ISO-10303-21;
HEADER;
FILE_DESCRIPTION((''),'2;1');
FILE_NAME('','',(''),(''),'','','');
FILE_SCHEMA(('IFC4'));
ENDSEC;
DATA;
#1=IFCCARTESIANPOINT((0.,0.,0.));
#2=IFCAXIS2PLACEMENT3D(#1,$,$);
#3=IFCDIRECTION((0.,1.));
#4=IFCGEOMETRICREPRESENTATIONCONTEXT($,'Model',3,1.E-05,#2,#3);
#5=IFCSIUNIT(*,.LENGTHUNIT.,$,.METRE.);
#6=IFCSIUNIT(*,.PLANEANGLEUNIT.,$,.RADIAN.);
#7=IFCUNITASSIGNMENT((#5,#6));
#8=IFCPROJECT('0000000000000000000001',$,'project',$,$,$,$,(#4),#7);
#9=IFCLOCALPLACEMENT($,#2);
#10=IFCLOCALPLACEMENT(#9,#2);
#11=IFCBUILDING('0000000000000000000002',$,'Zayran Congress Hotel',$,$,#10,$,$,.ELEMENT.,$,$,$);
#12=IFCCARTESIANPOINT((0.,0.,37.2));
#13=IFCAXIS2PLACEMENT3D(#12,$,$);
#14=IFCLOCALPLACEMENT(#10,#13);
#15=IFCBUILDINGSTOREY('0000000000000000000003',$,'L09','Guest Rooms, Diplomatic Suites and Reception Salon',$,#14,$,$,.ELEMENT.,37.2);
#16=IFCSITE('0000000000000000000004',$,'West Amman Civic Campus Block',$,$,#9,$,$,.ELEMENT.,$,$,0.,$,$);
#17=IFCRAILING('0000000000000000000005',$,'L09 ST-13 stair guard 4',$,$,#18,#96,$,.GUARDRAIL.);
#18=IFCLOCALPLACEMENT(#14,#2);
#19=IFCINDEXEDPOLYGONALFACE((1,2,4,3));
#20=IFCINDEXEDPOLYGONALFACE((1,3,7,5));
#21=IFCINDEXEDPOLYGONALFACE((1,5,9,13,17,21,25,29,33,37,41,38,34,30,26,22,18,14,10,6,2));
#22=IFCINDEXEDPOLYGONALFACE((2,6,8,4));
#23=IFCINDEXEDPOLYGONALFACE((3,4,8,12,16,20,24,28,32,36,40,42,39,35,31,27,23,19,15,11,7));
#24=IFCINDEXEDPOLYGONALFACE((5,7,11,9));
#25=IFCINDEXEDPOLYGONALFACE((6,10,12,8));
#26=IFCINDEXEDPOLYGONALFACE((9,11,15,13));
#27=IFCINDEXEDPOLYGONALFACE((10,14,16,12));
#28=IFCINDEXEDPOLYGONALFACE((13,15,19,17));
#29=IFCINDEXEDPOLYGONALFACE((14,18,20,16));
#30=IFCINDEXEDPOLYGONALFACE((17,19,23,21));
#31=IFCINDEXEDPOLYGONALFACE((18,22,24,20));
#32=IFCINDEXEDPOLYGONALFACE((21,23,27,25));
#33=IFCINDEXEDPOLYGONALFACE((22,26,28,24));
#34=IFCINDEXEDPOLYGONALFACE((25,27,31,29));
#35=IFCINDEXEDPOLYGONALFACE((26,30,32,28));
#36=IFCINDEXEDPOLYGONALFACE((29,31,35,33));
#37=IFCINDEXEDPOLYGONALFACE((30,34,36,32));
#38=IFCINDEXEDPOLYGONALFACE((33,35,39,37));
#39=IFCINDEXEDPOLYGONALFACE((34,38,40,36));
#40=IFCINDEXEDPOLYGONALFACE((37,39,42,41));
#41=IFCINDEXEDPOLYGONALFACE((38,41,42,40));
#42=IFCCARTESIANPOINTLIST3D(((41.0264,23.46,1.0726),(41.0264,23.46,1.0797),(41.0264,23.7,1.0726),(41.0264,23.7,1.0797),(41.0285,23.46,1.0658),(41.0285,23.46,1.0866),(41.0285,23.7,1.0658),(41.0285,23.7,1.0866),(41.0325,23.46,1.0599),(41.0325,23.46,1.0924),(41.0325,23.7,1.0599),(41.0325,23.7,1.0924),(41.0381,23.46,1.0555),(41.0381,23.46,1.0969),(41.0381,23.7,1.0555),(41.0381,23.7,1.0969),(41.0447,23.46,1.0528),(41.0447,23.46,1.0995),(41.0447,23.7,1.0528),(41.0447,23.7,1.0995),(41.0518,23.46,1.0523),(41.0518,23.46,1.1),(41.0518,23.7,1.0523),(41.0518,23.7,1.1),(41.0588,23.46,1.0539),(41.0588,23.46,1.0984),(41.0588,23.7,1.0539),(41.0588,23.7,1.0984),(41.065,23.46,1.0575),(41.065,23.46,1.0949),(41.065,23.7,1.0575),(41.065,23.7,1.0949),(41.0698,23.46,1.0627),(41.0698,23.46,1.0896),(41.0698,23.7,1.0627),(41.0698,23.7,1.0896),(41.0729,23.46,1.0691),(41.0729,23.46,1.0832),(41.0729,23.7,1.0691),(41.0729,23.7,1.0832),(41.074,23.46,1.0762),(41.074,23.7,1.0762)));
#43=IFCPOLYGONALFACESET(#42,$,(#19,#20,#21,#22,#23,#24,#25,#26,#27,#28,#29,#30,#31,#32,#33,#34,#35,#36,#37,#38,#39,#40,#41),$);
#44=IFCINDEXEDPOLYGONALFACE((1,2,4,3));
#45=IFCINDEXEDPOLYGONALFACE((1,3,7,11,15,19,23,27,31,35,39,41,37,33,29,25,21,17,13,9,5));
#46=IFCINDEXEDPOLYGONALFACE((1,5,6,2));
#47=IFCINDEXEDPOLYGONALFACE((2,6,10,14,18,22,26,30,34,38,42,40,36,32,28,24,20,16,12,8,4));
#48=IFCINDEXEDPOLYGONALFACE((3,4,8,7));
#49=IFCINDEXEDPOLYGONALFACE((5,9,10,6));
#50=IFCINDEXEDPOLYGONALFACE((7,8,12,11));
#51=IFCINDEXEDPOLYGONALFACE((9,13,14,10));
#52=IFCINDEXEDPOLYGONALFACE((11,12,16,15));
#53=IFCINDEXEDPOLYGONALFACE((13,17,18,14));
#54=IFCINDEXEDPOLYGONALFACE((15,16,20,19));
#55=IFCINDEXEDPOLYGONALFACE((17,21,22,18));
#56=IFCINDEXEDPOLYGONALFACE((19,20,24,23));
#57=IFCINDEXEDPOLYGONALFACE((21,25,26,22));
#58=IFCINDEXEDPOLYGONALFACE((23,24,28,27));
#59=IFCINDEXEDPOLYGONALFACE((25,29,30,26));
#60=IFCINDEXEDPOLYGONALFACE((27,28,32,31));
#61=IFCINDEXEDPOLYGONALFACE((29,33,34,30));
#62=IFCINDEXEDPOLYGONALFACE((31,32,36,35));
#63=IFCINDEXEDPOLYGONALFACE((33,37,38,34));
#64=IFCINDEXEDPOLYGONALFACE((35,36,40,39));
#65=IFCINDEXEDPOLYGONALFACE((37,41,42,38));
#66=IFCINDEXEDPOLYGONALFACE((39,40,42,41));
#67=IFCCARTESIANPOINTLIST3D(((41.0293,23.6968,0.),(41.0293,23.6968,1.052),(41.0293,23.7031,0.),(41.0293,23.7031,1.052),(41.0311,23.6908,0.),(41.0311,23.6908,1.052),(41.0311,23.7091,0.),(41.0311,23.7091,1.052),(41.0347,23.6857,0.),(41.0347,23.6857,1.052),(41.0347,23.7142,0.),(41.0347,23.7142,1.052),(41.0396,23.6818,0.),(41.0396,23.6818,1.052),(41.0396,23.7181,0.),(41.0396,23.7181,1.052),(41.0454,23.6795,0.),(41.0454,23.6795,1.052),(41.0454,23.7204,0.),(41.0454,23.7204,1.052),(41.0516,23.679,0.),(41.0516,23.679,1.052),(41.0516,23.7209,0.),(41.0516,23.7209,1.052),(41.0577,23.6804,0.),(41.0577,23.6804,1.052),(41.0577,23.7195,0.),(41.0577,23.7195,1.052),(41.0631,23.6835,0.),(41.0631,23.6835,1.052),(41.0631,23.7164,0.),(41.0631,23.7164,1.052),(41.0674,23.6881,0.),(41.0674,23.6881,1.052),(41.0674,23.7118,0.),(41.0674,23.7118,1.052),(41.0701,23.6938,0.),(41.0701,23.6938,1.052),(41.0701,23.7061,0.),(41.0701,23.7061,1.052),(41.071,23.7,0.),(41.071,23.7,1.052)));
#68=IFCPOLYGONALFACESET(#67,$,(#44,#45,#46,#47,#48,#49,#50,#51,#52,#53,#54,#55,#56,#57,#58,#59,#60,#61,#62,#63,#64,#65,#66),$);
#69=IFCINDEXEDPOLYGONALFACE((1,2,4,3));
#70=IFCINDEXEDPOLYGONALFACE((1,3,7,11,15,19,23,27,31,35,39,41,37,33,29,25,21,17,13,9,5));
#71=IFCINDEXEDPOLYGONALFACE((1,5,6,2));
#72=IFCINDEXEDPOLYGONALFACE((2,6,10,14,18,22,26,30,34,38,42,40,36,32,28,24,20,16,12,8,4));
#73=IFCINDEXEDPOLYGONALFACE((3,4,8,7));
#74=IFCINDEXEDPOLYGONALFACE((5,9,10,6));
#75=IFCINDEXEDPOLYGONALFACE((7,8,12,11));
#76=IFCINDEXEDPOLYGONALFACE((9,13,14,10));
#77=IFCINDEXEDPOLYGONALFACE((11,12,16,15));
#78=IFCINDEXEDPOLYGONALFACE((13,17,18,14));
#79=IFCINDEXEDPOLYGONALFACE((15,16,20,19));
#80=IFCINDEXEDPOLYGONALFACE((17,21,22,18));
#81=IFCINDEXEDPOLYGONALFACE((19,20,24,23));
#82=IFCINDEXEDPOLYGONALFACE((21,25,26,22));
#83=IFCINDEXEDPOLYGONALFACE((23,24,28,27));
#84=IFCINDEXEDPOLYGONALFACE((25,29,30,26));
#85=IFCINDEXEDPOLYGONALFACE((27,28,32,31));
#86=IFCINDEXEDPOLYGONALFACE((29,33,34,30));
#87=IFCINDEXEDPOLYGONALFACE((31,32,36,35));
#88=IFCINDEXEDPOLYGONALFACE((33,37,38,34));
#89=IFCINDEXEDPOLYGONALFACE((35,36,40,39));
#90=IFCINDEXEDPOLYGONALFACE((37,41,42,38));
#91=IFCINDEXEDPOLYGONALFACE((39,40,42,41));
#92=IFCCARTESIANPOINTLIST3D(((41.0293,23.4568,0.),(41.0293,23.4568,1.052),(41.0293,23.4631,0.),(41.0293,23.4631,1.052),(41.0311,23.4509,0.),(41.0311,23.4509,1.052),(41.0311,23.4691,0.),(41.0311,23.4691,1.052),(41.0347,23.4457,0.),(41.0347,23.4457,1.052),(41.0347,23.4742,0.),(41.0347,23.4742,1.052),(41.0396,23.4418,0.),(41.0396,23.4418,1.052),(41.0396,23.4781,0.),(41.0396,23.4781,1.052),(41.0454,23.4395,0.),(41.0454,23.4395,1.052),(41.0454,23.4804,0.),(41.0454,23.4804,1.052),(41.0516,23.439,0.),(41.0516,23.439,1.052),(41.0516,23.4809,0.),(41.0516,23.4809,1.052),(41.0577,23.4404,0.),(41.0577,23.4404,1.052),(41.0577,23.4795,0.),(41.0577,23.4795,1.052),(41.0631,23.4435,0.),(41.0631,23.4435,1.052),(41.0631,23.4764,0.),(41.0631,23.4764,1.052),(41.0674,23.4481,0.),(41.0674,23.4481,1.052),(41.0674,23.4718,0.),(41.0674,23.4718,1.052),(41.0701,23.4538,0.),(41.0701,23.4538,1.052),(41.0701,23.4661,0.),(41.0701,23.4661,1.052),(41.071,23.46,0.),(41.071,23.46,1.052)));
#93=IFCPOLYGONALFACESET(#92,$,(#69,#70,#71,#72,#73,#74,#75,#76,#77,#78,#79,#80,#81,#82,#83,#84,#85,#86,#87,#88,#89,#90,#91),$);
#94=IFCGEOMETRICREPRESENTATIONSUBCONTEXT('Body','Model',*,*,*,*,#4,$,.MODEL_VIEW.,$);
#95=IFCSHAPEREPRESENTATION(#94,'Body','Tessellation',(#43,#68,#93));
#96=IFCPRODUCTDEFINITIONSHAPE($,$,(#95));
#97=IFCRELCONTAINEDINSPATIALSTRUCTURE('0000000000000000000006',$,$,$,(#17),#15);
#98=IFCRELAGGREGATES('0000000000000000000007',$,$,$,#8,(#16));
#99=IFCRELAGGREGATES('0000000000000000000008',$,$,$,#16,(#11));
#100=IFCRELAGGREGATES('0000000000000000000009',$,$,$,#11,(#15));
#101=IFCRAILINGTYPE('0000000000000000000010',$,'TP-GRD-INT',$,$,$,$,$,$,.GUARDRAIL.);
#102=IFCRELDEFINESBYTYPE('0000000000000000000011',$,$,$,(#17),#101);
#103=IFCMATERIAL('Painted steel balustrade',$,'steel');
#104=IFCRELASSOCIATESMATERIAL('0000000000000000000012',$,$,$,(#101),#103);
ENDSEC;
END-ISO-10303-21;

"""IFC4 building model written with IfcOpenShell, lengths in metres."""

from ifc_helpers import new_model, si_unit, direction, frame, origin, origin_2d, place, context, subcontext, project, spatial, circle, extrude, material, type_object, element, save


model = new_model("IFC4")

# Units and contexts
model_context = context("Model", 3, precision=1e-05, world=origin(), true_north=direction((0.0, 1.0)))
body_context = subcontext(model_context, "Body", "Model", "MODEL_VIEW")
ifc_project = project(units=[si_unit("LENGTHUNIT", "METRE"), si_unit("PLANEANGLEUNIT", "RADIAN")], contexts=[model_context])

# Site, building, storey
site_placement = place(None, origin())
site = spatial("IfcSite", under=ifc_project, at=site_placement, Name="West Amman Civic Campus Block", CompositionType="ELEMENT", RefElevation=0.0)
building_placement = place(site_placement, origin())
building = spatial("IfcBuilding", under=site, at=building_placement, Name="Zayran Congress Hotel", CompositionType="ELEMENT")
storey_placement = place(building_placement, frame((0.0, 0.0, 37.2)))
storey = spatial("IfcBuildingStorey", under=building, at=storey_placement, Name="L09", Description="Guest Rooms, Diplomatic Suites and Reception Salon", CompositionType="ELEMENT", Elevation=37.2)

# Railing
ifc_material_1 = material(Name="Painted steel balustrade", Category="steel")
railing_type_1 = type_object("IfcRailingType", Name="TP-GRD-INT", PredefinedType="GUARDRAIL", material=ifc_material_1)
railing_1_placement = place(storey_placement, frame((41.05, 23.7, 0.0)))
element("IfcRailing", 1, at=railing_1_placement, inside=storey, type_object=railing_type_1, Name="L09 ST-13 stair guard 4", PredefinedType="GUARDRAIL", context=body_context, shape_type="SweptSolid", body=[
    extrude(circle(Radius=0.0239, at=origin_2d()), frame((0.0, 0.0, 1.0762), z_axis=(0.0, -1.0, 0.0), x_axis=(1.0, 0.0, 0.0)), (0.0, 0.0, 1.0), 0.24),
    extrude(circle(Radius=0.021, at=origin_2d()), origin(), (0.0, 0.0, 1.0), 1.052),
    extrude(circle(Radius=0.021, at=origin_2d()), frame((0.0, -0.24, 0.0)), (0.0, 0.0, 1.0), 1.052),
])

save(model, "model.ifc")
